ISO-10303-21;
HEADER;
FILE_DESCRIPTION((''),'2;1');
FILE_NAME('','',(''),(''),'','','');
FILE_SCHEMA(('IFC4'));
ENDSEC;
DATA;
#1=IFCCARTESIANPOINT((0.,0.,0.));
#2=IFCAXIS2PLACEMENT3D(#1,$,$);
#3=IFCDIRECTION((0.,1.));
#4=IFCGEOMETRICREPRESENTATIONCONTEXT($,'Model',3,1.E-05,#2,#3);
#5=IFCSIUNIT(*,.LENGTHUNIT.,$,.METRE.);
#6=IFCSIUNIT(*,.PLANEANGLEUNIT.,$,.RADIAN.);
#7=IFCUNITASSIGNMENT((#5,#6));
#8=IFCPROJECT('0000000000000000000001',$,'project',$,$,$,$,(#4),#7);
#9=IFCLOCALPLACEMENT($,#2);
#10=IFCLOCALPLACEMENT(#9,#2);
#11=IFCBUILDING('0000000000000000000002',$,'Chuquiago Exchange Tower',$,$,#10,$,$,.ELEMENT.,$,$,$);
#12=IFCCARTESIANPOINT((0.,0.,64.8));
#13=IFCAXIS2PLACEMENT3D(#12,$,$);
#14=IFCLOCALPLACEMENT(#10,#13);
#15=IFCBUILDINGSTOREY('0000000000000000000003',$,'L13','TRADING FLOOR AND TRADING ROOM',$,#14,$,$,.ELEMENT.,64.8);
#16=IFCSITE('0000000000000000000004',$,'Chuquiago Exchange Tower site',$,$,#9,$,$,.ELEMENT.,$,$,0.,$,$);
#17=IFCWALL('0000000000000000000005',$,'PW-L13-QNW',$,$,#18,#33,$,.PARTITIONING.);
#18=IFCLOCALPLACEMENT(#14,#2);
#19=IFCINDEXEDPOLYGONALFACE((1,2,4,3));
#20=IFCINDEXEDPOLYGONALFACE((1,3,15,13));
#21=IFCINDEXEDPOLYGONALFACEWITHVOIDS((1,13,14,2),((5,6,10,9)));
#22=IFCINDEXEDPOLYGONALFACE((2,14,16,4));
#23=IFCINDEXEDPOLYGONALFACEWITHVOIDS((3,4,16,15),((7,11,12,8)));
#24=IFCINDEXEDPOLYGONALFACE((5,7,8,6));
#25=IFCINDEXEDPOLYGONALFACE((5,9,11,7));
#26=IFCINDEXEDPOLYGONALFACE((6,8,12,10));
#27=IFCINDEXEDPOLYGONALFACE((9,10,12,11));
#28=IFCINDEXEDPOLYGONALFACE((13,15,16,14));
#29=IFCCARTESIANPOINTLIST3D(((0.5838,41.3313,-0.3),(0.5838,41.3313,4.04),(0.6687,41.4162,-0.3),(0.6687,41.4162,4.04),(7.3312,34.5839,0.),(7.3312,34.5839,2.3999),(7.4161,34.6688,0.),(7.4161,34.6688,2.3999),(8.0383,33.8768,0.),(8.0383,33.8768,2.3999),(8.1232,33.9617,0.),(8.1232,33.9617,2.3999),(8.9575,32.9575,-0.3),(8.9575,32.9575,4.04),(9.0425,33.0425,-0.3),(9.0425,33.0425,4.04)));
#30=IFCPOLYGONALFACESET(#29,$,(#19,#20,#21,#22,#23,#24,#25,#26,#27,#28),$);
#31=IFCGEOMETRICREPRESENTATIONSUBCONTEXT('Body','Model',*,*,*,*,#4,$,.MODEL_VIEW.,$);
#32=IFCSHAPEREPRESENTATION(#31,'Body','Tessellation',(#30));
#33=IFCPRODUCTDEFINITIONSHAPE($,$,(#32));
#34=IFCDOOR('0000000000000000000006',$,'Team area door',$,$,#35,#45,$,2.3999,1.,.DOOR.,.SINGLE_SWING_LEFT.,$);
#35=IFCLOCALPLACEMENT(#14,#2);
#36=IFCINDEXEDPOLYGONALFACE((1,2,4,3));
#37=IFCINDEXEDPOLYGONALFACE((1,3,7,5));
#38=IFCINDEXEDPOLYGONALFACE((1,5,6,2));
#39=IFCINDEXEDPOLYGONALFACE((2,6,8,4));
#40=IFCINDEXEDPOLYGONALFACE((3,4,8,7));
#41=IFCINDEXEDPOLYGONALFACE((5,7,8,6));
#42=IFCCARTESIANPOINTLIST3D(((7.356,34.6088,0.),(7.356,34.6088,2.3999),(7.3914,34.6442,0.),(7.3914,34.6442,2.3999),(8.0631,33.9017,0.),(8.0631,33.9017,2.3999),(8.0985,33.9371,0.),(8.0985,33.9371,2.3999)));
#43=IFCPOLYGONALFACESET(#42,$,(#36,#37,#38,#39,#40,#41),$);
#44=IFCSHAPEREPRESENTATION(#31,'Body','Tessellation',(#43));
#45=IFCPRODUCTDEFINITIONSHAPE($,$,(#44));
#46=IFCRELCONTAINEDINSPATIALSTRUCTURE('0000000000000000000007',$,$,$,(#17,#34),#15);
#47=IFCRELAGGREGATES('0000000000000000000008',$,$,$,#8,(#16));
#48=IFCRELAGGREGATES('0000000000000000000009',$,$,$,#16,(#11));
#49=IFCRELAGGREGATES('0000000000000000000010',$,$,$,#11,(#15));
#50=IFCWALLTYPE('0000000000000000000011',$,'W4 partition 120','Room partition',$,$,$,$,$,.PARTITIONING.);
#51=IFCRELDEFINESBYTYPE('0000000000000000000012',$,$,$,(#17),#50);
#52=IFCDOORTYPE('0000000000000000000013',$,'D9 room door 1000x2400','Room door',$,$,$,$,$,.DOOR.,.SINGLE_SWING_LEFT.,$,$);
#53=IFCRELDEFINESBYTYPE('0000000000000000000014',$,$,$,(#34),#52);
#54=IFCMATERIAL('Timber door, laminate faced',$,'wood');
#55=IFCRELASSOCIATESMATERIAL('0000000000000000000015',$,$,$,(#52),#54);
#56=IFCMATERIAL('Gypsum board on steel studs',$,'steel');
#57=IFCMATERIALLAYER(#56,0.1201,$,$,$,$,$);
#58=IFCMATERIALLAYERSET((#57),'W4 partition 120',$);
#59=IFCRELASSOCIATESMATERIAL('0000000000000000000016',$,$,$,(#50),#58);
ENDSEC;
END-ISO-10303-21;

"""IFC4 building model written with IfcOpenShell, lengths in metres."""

from ifc_helpers import new_model, si_unit, direction, frame, frame_2d, origin, place, context, subcontext, project, spatial, rectangle, extrude, material, layer, layer_set, type_object, element, fill, save


model = new_model("IFC4")

# Units and contexts
model_context = context("Model", 3, precision=1e-05, world=origin(), true_north=direction((0.0, 1.0)))
body_context = subcontext(model_context, "Body", "Model", "MODEL_VIEW")
ifc_project = project(units=[si_unit("LENGTHUNIT", "METRE"), si_unit("PLANEANGLEUNIT", "RADIAN")], contexts=[model_context])

# Site, building, storey
site_placement = place(None, origin())
site = spatial("IfcSite", under=ifc_project, at=site_placement, Name="Chuquiago Exchange Tower site", CompositionType="ELEMENT", RefElevation=0.0)
building_placement = place(site_placement, origin())
building = spatial("IfcBuilding", under=site, at=building_placement, Name="Chuquiago Exchange Tower", CompositionType="ELEMENT")
storey_placement = place(building_placement, frame((0.0, 0.0, 64.8)))
storey = spatial("IfcBuildingStorey", under=building, at=storey_placement, Name="L13", Description="TRADING FLOOR AND TRADING ROOM", CompositionType="ELEMENT", Elevation=64.8)

# Shared definitions
ifc_material_1 = material(Name="Timber door, laminate faced", Category="wood")
door_type_1 = type_object("IfcDoorType", Name="D9 room door 1000x2400", Description="Room door", OperationType="SINGLE_SWING_LEFT", PredefinedType="DOOR", material=ifc_material_1)

# Shared definitions
ifc_material_2 = material(Name="Gypsum board on steel studs", Category="steel")
ifc_layer_1 = layer(ifc_material_2, 0.1201)
ifc_layer_set_1 = layer_set([ifc_layer_1], Name="W4 partition 120")
wall_type_1 = type_object("IfcWallType", Name="W4 partition 120", Description="Room partition", PredefinedType="PARTITIONING", material=ifc_layer_set_1)

# Wall, opening, door
wall_1_placement = place(storey_placement, frame((9.0, 33.0, -0.3), z_axis=(0.0, 0.0, 1.0), x_axis=(-0.707107, 0.707107, 0.0)))
wall_1 = element("IfcWall", 1, at=wall_1_placement, inside=storey, type_object=wall_type_1, Name="PW-L13-QNW", PredefinedType="PARTITIONING", context=body_context, shape_type="SweptSolid", body=[
    extrude(rectangle(XDim=11.8423, YDim=0.1201, at=frame_2d((5.9211, 0.0))), origin(), (0.0, 0.0, 1.0), 4.3401),
])
opening_1_placement = place(wall_1_placement, frame((1.3, 0.0, 0.3)))
opening_1 = element("IfcOpeningElement", 2, at=opening_1_placement, cuts=wall_1, PredefinedType="OPENING", context=body_context, shape_type="SweptSolid", body=[
    extrude(rectangle(XDim=1.0, YDim=2.3999, at=frame_2d((0.5, 1.2))), frame((0.0, 0.0701, 0.0), z_axis=(0.0, -1.0, 0.0), x_axis=(1.0, 0.0, 0.0)), (0.0, 0.0, 1.0), 0.1401),
])
door_1_placement = place(opening_1_placement, origin())
door_1 = element("IfcDoor", 3, at=door_1_placement, inside=storey, type_object=door_type_1, Name="Team area door", OperationType="SINGLE_SWING_LEFT", OverallHeight=2.3999, OverallWidth=1.0, PredefinedType="DOOR", context=body_context, shape_type="SweptSolid", body=[
    extrude(rectangle(XDim=1.0, YDim=2.3999, at=frame_2d((0.5, 1.2))), frame((0.0, 0.0249, 0.0), z_axis=(0.0, -1.0, 0.0), x_axis=(1.0, 0.0, 0.0)), (0.0, 0.0, 1.0), 0.05),
])
fill(opening_1, door_1)

save(model, "model.ifc")
